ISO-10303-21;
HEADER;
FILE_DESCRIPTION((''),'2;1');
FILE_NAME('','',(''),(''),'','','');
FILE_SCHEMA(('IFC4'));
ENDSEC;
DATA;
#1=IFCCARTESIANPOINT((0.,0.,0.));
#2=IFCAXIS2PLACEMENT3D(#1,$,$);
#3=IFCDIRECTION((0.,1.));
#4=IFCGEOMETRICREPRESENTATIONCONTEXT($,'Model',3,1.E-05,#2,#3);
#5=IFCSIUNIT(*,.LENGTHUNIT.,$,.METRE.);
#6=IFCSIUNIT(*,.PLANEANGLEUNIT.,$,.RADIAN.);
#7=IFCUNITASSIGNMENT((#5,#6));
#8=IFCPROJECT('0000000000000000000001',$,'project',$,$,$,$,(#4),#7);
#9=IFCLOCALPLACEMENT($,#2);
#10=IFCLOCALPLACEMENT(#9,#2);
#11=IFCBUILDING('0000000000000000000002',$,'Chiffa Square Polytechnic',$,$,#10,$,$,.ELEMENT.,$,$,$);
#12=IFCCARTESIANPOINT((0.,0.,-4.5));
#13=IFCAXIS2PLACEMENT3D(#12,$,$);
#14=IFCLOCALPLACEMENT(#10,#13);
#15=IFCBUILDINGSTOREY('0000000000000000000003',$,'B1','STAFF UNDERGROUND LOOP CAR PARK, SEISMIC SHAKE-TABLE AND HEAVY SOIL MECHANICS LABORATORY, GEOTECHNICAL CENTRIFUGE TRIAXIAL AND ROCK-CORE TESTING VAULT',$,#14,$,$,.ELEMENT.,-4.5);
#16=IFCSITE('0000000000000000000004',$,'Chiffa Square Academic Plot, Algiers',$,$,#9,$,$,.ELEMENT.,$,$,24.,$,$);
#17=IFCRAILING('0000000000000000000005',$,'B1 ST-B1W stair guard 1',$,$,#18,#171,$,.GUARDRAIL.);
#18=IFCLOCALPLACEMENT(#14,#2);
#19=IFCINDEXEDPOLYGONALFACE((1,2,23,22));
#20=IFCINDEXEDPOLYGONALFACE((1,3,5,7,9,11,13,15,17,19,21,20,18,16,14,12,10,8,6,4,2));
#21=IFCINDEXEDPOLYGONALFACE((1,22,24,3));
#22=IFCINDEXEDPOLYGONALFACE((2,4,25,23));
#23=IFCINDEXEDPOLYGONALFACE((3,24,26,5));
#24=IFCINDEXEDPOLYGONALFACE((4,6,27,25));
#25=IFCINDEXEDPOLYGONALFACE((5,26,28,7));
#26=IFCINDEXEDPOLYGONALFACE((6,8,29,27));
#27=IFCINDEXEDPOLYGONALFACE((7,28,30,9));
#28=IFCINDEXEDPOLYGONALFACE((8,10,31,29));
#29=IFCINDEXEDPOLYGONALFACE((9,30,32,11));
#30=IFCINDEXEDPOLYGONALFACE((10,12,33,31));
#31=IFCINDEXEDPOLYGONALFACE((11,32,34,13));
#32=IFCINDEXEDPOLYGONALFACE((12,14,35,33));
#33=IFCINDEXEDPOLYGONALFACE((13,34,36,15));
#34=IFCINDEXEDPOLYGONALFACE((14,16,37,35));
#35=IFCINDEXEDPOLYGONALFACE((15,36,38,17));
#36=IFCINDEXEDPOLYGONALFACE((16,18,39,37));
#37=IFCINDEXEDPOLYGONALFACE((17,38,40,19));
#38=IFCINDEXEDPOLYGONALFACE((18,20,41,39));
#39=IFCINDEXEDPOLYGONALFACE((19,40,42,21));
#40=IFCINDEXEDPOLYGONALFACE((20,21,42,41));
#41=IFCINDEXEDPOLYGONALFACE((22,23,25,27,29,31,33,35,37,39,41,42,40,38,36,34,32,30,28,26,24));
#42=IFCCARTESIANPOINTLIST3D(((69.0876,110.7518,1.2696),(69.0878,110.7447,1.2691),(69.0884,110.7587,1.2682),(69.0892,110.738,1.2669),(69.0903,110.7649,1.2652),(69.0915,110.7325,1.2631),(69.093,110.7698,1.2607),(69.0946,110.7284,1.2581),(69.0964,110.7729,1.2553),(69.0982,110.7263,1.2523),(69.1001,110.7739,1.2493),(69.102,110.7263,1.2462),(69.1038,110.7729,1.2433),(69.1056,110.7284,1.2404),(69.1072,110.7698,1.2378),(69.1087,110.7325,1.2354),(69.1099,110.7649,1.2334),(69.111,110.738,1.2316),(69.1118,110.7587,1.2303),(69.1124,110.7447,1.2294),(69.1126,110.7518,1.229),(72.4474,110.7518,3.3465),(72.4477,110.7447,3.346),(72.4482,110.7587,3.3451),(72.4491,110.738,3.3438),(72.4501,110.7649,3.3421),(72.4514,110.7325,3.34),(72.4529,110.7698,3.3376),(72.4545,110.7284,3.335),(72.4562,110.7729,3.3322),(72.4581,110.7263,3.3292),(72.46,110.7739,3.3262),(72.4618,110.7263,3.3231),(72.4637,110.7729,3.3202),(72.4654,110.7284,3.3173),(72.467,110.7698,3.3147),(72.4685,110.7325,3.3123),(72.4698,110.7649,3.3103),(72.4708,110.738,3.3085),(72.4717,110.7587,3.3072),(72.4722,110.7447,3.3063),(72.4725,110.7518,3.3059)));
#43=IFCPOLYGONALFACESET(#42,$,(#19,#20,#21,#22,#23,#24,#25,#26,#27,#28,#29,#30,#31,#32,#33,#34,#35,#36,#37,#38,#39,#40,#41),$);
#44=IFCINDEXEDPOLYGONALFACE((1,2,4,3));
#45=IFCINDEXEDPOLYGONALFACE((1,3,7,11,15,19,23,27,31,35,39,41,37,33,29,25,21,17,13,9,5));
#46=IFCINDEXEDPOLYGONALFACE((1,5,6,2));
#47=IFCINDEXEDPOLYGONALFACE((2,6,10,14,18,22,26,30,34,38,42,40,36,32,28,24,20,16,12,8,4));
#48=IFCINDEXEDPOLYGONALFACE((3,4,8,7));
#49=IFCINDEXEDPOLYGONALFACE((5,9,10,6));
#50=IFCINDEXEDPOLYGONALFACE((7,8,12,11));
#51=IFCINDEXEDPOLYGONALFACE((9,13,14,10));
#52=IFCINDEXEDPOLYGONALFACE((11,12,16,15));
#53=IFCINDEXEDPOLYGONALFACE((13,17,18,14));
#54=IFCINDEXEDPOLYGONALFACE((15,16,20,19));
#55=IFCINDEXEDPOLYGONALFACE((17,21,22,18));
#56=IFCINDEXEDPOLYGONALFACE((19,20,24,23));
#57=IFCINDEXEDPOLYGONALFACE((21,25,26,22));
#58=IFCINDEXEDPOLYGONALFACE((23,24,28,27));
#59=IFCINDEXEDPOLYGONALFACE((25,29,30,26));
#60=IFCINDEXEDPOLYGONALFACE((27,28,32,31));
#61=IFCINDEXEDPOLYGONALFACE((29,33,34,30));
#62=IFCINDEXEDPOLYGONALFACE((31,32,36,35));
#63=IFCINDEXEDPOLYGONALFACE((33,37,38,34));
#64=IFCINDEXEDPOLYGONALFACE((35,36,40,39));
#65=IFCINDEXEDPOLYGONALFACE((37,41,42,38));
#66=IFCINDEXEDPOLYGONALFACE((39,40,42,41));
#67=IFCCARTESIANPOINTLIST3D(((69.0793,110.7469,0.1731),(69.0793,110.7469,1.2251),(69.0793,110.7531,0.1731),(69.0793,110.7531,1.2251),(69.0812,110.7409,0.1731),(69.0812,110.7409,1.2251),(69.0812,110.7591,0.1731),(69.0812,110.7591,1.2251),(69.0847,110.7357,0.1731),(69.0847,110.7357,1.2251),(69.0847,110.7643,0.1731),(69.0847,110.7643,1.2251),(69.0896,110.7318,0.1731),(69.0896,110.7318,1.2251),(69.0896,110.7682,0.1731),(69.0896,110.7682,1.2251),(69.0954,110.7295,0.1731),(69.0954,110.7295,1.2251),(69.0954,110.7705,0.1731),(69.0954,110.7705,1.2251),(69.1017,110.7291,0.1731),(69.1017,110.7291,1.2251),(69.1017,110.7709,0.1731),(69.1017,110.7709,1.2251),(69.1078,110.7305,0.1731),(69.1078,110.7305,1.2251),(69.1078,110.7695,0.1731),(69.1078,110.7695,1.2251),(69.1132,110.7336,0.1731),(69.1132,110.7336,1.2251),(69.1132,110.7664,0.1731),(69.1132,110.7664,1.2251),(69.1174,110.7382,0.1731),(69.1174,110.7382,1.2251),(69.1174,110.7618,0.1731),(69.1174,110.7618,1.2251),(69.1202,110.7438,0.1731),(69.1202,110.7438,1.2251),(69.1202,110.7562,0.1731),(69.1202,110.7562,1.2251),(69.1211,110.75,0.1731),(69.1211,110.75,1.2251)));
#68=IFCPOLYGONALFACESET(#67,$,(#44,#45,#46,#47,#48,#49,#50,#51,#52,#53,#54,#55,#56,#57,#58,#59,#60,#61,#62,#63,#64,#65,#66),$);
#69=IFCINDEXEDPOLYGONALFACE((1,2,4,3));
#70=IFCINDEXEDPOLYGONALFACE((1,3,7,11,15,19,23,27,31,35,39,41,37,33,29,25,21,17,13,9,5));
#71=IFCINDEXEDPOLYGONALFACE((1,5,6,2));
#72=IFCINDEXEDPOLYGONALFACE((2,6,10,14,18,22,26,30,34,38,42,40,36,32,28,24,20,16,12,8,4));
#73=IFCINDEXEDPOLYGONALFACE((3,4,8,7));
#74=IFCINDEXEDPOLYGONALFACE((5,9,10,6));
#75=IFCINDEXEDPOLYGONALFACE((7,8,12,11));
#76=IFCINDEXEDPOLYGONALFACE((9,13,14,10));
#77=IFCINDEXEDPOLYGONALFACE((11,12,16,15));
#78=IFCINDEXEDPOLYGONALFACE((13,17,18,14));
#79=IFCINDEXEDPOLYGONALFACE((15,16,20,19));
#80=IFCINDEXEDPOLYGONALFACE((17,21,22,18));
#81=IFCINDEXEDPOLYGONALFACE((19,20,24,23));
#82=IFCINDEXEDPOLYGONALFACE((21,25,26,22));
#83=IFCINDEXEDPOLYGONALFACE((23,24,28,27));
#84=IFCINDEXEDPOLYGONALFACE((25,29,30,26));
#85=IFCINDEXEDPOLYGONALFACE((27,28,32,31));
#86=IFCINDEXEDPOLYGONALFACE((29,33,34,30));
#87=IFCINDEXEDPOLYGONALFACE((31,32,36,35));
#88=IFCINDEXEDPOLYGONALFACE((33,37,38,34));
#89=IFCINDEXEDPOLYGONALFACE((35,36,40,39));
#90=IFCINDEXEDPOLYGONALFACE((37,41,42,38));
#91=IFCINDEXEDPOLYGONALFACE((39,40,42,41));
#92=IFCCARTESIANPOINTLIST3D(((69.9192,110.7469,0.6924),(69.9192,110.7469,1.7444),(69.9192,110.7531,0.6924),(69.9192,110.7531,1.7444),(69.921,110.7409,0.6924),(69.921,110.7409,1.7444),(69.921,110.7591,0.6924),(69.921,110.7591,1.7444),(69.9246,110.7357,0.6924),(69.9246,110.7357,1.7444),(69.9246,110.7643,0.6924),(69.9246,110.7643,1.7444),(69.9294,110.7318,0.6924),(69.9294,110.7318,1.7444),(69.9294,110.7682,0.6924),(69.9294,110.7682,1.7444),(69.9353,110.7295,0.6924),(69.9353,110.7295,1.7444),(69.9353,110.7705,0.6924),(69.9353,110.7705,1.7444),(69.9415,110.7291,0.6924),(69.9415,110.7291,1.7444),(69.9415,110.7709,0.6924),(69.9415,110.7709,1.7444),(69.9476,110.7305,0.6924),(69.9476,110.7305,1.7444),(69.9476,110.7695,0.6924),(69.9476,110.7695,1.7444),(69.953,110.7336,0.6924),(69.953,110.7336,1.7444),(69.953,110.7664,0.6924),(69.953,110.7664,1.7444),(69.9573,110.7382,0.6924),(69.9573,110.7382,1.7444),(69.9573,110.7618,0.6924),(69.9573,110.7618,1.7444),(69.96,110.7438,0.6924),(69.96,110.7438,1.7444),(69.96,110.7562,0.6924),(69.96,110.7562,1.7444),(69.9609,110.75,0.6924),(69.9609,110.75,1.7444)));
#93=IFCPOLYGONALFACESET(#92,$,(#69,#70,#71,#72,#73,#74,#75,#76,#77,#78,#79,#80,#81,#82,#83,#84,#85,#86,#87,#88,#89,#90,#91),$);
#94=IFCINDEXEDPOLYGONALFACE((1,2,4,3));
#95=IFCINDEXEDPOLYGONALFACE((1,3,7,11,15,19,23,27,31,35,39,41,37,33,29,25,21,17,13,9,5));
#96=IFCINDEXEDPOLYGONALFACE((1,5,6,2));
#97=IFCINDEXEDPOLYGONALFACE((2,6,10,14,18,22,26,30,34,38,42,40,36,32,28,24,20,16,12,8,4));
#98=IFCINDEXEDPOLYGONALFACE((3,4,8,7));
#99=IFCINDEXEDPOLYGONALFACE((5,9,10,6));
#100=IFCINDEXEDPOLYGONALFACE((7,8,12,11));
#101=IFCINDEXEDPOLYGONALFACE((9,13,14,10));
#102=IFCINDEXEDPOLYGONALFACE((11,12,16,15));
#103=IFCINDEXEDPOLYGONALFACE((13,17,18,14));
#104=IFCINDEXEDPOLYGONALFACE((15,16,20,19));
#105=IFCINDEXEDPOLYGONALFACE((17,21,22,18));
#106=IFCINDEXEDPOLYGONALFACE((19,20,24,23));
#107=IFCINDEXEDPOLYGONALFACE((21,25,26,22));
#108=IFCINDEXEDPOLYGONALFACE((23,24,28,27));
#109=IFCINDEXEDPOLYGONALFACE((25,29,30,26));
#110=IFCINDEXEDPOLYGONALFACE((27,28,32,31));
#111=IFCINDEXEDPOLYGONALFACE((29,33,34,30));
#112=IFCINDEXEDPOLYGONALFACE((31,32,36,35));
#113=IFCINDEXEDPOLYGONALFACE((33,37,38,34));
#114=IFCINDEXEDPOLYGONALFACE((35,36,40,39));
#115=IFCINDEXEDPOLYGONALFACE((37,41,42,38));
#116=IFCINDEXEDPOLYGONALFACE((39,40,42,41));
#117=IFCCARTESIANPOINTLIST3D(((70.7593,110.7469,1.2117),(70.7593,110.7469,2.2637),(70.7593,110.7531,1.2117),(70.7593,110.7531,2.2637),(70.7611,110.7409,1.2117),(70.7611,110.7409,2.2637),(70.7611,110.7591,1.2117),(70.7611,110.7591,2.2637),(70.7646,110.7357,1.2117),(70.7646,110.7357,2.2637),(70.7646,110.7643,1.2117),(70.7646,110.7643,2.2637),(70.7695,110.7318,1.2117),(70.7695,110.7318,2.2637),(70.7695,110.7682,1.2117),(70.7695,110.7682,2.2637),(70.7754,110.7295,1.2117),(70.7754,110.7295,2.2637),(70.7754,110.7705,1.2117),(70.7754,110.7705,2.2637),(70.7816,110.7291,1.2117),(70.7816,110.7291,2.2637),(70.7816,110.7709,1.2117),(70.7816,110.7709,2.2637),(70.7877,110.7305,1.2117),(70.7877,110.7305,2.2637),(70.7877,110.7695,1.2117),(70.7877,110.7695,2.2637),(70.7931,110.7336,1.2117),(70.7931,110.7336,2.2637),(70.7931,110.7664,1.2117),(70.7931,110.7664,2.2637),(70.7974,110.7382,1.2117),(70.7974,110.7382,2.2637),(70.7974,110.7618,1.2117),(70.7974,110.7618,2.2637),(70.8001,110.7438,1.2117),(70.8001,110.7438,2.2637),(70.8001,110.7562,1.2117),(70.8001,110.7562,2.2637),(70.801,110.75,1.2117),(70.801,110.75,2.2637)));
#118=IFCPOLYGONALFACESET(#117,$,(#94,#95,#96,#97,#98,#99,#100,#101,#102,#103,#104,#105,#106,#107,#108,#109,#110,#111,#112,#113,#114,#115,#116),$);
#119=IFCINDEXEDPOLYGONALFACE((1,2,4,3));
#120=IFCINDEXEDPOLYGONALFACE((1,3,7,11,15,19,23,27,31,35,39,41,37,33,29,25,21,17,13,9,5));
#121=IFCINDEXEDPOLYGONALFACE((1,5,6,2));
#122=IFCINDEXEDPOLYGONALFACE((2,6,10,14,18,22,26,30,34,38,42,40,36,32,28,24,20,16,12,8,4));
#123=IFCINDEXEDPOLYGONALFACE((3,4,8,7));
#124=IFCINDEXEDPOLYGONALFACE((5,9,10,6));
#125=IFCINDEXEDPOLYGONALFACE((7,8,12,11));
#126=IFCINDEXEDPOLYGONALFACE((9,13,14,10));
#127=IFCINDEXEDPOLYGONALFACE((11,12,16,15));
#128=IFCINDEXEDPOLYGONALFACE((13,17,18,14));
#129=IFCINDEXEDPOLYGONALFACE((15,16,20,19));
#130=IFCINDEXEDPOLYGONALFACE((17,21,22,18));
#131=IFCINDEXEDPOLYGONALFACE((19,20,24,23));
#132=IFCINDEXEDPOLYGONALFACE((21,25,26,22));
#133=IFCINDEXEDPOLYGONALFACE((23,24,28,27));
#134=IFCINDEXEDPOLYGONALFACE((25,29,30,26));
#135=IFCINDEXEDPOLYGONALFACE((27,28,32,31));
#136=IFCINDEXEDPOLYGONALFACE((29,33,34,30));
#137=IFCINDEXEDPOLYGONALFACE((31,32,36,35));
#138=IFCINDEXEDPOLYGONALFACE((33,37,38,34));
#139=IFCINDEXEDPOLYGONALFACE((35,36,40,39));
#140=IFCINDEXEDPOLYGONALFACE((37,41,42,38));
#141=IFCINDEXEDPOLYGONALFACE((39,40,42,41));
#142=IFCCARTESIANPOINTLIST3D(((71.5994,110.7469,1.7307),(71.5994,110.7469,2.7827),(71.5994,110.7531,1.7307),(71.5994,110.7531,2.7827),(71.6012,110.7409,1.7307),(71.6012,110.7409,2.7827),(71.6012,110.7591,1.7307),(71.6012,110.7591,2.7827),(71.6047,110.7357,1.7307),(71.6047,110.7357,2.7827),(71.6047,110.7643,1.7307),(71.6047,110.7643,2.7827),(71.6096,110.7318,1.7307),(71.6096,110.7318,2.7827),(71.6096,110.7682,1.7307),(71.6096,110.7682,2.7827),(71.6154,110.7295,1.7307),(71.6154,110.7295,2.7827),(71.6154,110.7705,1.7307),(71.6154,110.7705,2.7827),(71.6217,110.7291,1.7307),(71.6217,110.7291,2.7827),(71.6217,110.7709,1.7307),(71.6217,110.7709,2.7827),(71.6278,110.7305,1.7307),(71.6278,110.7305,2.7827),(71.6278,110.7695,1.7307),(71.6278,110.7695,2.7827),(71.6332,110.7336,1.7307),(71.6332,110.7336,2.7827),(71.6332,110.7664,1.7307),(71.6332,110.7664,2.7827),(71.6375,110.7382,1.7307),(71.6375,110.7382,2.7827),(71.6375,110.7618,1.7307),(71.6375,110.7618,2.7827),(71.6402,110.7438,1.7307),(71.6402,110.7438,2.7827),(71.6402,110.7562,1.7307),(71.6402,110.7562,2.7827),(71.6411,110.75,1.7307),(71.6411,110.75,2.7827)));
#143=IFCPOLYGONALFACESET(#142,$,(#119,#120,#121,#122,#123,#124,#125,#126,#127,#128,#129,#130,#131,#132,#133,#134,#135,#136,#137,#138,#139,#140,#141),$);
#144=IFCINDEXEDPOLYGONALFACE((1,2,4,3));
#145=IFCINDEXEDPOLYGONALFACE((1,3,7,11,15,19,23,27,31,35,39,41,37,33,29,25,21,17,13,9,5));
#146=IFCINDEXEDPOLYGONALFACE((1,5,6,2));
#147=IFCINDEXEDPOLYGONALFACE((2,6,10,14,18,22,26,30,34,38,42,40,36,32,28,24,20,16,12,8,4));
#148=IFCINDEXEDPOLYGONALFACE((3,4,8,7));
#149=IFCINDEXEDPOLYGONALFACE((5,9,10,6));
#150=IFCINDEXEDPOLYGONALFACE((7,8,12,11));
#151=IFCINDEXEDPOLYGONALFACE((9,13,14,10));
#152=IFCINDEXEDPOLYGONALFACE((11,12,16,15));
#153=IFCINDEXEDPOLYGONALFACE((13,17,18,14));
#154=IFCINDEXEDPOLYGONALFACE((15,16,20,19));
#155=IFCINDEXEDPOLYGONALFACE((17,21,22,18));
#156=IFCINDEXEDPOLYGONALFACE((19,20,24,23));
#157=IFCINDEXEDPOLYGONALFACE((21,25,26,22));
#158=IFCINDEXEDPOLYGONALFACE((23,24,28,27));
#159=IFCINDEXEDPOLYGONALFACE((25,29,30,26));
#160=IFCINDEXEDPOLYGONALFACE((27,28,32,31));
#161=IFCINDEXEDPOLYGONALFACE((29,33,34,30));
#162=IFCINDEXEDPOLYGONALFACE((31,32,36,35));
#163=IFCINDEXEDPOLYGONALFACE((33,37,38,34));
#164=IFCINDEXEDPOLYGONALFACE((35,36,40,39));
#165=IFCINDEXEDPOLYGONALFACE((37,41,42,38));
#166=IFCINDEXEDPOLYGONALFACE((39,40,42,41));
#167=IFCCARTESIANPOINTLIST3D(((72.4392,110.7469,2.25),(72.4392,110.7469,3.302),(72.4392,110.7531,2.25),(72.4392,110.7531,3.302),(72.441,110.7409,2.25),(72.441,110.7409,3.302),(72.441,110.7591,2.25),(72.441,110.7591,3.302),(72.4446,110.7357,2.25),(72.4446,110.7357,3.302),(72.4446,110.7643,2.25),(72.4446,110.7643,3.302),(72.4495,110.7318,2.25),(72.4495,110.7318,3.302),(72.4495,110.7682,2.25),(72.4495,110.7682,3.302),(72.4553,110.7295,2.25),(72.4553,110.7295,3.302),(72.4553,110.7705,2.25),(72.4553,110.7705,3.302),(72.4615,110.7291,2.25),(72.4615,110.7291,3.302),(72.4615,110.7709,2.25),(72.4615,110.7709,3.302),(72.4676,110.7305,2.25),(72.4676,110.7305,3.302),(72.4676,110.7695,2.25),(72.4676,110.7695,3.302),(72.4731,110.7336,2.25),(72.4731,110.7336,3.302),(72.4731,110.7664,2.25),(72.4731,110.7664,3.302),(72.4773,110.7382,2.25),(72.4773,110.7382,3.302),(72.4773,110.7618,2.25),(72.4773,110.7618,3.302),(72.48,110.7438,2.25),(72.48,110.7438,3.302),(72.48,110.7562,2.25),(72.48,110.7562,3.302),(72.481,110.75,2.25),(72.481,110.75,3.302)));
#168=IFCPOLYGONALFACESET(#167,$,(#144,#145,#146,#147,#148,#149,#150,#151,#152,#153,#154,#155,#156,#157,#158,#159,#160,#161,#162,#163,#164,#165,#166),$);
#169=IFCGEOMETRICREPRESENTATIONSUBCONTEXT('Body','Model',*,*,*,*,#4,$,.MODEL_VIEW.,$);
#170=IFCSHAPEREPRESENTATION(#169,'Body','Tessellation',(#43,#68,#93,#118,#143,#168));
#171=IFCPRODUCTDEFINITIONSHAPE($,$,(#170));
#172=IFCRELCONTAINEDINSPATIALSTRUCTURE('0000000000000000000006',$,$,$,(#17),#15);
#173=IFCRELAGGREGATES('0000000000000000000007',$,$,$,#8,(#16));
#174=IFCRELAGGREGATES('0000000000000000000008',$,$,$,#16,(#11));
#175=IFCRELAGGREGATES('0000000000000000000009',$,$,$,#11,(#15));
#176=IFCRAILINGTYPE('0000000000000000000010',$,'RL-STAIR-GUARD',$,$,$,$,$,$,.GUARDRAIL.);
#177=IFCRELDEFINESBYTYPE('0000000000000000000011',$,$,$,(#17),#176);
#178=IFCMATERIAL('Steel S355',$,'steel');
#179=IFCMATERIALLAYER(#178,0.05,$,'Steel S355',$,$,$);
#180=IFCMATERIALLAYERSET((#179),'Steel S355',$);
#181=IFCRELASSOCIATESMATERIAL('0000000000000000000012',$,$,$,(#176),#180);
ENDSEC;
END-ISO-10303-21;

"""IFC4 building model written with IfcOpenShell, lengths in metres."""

from ifc_helpers import new_model, si_unit, direction, frame, origin, origin_2d, place, context, subcontext, project, spatial, circle, extrude, material, layer, layer_set, type_object, element, save


model = new_model("IFC4")

# Units and contexts
model_context = context("Model", 3, precision=1e-05, world=origin(), true_north=direction((0.0, 1.0)))
body_context = subcontext(model_context, "Body", "Model", "MODEL_VIEW")
ifc_project = project(units=[si_unit("LENGTHUNIT", "METRE"), si_unit("PLANEANGLEUNIT", "RADIAN")], contexts=[model_context])

# Site, building, storey
site_placement = place(None, origin())
site = spatial("IfcSite", under=ifc_project, at=site_placement, Name="Chiffa Square Academic Plot, Algiers", CompositionType="ELEMENT", RefElevation=24.0)
building_placement = place(site_placement, origin())
building = spatial("IfcBuilding", under=site, at=building_placement, Name="Chiffa Square Polytechnic", CompositionType="ELEMENT")
storey_placement = place(building_placement, frame((0.0, 0.0, -4.5)))
storey = spatial("IfcBuildingStorey", under=building, at=storey_placement, Name="B1", Description="STAFF UNDERGROUND LOOP CAR PARK, SEISMIC SHAKE-TABLE AND HEAVY SOIL MECHANICS LABORATORY, GEOTECHNICAL CENTRIFUGE TRIAXIAL AND ROCK-CORE TESTING VAULT", CompositionType="ELEMENT", Elevation=-4.5)

# Railing
ifc_material_1 = material(Name="Steel S355", Category="steel")
ifc_layer_1 = layer(ifc_material_1, 0.05, Name="Steel S355")
ifc_layer_set_1 = layer_set([ifc_layer_1], Name="Steel S355")
railing_type_1 = type_object("IfcRailingType", Name="RL-STAIR-GUARD", PredefinedType="GUARDRAIL", material=ifc_layer_set_1)
railing_1_placement = place(storey_placement, frame((69.1001, 110.75, 0.1731)))
element("IfcRailing", 1, at=railing_1_placement, inside=storey, type_object=railing_type_1, Name="B1 ST-B1W stair guard 1", PredefinedType="GUARDRAIL", context=body_context, shape_type="SweptSolid", body=[
    extrude(circle(Radius=0.0239, at=origin_2d()), frame((0.0, 0.0, 1.0762), z_axis=(0.850606, 0.0, 0.525803), x_axis=(0.0, 1.0, 0.0)), (0.0, 0.0, 1.0), 3.95),
    extrude(circle(Radius=0.021, at=origin_2d()), origin(), (0.0, 0.0, 1.0), 1.052),
    extrude(circle(Radius=0.021, at=origin_2d()), frame((0.8398, 0.0, 0.5193)), (0.0, 0.0, 1.0), 1.052),
    extrude(circle(Radius=0.021, at=origin_2d()), frame((1.6799, 0.0, 1.0386)), (0.0, 0.0, 1.0), 1.052),
    extrude(circle(Radius=0.021, at=origin_2d()), frame((2.52, 0.0, 1.5576)), (0.0, 0.0, 1.0), 1.052),
    extrude(circle(Radius=0.021, at=origin_2d()), frame((3.3599, 0.0, 2.0769)), (0.0, 0.0, 1.0), 1.052),
])

save(model, "model.ifc")
